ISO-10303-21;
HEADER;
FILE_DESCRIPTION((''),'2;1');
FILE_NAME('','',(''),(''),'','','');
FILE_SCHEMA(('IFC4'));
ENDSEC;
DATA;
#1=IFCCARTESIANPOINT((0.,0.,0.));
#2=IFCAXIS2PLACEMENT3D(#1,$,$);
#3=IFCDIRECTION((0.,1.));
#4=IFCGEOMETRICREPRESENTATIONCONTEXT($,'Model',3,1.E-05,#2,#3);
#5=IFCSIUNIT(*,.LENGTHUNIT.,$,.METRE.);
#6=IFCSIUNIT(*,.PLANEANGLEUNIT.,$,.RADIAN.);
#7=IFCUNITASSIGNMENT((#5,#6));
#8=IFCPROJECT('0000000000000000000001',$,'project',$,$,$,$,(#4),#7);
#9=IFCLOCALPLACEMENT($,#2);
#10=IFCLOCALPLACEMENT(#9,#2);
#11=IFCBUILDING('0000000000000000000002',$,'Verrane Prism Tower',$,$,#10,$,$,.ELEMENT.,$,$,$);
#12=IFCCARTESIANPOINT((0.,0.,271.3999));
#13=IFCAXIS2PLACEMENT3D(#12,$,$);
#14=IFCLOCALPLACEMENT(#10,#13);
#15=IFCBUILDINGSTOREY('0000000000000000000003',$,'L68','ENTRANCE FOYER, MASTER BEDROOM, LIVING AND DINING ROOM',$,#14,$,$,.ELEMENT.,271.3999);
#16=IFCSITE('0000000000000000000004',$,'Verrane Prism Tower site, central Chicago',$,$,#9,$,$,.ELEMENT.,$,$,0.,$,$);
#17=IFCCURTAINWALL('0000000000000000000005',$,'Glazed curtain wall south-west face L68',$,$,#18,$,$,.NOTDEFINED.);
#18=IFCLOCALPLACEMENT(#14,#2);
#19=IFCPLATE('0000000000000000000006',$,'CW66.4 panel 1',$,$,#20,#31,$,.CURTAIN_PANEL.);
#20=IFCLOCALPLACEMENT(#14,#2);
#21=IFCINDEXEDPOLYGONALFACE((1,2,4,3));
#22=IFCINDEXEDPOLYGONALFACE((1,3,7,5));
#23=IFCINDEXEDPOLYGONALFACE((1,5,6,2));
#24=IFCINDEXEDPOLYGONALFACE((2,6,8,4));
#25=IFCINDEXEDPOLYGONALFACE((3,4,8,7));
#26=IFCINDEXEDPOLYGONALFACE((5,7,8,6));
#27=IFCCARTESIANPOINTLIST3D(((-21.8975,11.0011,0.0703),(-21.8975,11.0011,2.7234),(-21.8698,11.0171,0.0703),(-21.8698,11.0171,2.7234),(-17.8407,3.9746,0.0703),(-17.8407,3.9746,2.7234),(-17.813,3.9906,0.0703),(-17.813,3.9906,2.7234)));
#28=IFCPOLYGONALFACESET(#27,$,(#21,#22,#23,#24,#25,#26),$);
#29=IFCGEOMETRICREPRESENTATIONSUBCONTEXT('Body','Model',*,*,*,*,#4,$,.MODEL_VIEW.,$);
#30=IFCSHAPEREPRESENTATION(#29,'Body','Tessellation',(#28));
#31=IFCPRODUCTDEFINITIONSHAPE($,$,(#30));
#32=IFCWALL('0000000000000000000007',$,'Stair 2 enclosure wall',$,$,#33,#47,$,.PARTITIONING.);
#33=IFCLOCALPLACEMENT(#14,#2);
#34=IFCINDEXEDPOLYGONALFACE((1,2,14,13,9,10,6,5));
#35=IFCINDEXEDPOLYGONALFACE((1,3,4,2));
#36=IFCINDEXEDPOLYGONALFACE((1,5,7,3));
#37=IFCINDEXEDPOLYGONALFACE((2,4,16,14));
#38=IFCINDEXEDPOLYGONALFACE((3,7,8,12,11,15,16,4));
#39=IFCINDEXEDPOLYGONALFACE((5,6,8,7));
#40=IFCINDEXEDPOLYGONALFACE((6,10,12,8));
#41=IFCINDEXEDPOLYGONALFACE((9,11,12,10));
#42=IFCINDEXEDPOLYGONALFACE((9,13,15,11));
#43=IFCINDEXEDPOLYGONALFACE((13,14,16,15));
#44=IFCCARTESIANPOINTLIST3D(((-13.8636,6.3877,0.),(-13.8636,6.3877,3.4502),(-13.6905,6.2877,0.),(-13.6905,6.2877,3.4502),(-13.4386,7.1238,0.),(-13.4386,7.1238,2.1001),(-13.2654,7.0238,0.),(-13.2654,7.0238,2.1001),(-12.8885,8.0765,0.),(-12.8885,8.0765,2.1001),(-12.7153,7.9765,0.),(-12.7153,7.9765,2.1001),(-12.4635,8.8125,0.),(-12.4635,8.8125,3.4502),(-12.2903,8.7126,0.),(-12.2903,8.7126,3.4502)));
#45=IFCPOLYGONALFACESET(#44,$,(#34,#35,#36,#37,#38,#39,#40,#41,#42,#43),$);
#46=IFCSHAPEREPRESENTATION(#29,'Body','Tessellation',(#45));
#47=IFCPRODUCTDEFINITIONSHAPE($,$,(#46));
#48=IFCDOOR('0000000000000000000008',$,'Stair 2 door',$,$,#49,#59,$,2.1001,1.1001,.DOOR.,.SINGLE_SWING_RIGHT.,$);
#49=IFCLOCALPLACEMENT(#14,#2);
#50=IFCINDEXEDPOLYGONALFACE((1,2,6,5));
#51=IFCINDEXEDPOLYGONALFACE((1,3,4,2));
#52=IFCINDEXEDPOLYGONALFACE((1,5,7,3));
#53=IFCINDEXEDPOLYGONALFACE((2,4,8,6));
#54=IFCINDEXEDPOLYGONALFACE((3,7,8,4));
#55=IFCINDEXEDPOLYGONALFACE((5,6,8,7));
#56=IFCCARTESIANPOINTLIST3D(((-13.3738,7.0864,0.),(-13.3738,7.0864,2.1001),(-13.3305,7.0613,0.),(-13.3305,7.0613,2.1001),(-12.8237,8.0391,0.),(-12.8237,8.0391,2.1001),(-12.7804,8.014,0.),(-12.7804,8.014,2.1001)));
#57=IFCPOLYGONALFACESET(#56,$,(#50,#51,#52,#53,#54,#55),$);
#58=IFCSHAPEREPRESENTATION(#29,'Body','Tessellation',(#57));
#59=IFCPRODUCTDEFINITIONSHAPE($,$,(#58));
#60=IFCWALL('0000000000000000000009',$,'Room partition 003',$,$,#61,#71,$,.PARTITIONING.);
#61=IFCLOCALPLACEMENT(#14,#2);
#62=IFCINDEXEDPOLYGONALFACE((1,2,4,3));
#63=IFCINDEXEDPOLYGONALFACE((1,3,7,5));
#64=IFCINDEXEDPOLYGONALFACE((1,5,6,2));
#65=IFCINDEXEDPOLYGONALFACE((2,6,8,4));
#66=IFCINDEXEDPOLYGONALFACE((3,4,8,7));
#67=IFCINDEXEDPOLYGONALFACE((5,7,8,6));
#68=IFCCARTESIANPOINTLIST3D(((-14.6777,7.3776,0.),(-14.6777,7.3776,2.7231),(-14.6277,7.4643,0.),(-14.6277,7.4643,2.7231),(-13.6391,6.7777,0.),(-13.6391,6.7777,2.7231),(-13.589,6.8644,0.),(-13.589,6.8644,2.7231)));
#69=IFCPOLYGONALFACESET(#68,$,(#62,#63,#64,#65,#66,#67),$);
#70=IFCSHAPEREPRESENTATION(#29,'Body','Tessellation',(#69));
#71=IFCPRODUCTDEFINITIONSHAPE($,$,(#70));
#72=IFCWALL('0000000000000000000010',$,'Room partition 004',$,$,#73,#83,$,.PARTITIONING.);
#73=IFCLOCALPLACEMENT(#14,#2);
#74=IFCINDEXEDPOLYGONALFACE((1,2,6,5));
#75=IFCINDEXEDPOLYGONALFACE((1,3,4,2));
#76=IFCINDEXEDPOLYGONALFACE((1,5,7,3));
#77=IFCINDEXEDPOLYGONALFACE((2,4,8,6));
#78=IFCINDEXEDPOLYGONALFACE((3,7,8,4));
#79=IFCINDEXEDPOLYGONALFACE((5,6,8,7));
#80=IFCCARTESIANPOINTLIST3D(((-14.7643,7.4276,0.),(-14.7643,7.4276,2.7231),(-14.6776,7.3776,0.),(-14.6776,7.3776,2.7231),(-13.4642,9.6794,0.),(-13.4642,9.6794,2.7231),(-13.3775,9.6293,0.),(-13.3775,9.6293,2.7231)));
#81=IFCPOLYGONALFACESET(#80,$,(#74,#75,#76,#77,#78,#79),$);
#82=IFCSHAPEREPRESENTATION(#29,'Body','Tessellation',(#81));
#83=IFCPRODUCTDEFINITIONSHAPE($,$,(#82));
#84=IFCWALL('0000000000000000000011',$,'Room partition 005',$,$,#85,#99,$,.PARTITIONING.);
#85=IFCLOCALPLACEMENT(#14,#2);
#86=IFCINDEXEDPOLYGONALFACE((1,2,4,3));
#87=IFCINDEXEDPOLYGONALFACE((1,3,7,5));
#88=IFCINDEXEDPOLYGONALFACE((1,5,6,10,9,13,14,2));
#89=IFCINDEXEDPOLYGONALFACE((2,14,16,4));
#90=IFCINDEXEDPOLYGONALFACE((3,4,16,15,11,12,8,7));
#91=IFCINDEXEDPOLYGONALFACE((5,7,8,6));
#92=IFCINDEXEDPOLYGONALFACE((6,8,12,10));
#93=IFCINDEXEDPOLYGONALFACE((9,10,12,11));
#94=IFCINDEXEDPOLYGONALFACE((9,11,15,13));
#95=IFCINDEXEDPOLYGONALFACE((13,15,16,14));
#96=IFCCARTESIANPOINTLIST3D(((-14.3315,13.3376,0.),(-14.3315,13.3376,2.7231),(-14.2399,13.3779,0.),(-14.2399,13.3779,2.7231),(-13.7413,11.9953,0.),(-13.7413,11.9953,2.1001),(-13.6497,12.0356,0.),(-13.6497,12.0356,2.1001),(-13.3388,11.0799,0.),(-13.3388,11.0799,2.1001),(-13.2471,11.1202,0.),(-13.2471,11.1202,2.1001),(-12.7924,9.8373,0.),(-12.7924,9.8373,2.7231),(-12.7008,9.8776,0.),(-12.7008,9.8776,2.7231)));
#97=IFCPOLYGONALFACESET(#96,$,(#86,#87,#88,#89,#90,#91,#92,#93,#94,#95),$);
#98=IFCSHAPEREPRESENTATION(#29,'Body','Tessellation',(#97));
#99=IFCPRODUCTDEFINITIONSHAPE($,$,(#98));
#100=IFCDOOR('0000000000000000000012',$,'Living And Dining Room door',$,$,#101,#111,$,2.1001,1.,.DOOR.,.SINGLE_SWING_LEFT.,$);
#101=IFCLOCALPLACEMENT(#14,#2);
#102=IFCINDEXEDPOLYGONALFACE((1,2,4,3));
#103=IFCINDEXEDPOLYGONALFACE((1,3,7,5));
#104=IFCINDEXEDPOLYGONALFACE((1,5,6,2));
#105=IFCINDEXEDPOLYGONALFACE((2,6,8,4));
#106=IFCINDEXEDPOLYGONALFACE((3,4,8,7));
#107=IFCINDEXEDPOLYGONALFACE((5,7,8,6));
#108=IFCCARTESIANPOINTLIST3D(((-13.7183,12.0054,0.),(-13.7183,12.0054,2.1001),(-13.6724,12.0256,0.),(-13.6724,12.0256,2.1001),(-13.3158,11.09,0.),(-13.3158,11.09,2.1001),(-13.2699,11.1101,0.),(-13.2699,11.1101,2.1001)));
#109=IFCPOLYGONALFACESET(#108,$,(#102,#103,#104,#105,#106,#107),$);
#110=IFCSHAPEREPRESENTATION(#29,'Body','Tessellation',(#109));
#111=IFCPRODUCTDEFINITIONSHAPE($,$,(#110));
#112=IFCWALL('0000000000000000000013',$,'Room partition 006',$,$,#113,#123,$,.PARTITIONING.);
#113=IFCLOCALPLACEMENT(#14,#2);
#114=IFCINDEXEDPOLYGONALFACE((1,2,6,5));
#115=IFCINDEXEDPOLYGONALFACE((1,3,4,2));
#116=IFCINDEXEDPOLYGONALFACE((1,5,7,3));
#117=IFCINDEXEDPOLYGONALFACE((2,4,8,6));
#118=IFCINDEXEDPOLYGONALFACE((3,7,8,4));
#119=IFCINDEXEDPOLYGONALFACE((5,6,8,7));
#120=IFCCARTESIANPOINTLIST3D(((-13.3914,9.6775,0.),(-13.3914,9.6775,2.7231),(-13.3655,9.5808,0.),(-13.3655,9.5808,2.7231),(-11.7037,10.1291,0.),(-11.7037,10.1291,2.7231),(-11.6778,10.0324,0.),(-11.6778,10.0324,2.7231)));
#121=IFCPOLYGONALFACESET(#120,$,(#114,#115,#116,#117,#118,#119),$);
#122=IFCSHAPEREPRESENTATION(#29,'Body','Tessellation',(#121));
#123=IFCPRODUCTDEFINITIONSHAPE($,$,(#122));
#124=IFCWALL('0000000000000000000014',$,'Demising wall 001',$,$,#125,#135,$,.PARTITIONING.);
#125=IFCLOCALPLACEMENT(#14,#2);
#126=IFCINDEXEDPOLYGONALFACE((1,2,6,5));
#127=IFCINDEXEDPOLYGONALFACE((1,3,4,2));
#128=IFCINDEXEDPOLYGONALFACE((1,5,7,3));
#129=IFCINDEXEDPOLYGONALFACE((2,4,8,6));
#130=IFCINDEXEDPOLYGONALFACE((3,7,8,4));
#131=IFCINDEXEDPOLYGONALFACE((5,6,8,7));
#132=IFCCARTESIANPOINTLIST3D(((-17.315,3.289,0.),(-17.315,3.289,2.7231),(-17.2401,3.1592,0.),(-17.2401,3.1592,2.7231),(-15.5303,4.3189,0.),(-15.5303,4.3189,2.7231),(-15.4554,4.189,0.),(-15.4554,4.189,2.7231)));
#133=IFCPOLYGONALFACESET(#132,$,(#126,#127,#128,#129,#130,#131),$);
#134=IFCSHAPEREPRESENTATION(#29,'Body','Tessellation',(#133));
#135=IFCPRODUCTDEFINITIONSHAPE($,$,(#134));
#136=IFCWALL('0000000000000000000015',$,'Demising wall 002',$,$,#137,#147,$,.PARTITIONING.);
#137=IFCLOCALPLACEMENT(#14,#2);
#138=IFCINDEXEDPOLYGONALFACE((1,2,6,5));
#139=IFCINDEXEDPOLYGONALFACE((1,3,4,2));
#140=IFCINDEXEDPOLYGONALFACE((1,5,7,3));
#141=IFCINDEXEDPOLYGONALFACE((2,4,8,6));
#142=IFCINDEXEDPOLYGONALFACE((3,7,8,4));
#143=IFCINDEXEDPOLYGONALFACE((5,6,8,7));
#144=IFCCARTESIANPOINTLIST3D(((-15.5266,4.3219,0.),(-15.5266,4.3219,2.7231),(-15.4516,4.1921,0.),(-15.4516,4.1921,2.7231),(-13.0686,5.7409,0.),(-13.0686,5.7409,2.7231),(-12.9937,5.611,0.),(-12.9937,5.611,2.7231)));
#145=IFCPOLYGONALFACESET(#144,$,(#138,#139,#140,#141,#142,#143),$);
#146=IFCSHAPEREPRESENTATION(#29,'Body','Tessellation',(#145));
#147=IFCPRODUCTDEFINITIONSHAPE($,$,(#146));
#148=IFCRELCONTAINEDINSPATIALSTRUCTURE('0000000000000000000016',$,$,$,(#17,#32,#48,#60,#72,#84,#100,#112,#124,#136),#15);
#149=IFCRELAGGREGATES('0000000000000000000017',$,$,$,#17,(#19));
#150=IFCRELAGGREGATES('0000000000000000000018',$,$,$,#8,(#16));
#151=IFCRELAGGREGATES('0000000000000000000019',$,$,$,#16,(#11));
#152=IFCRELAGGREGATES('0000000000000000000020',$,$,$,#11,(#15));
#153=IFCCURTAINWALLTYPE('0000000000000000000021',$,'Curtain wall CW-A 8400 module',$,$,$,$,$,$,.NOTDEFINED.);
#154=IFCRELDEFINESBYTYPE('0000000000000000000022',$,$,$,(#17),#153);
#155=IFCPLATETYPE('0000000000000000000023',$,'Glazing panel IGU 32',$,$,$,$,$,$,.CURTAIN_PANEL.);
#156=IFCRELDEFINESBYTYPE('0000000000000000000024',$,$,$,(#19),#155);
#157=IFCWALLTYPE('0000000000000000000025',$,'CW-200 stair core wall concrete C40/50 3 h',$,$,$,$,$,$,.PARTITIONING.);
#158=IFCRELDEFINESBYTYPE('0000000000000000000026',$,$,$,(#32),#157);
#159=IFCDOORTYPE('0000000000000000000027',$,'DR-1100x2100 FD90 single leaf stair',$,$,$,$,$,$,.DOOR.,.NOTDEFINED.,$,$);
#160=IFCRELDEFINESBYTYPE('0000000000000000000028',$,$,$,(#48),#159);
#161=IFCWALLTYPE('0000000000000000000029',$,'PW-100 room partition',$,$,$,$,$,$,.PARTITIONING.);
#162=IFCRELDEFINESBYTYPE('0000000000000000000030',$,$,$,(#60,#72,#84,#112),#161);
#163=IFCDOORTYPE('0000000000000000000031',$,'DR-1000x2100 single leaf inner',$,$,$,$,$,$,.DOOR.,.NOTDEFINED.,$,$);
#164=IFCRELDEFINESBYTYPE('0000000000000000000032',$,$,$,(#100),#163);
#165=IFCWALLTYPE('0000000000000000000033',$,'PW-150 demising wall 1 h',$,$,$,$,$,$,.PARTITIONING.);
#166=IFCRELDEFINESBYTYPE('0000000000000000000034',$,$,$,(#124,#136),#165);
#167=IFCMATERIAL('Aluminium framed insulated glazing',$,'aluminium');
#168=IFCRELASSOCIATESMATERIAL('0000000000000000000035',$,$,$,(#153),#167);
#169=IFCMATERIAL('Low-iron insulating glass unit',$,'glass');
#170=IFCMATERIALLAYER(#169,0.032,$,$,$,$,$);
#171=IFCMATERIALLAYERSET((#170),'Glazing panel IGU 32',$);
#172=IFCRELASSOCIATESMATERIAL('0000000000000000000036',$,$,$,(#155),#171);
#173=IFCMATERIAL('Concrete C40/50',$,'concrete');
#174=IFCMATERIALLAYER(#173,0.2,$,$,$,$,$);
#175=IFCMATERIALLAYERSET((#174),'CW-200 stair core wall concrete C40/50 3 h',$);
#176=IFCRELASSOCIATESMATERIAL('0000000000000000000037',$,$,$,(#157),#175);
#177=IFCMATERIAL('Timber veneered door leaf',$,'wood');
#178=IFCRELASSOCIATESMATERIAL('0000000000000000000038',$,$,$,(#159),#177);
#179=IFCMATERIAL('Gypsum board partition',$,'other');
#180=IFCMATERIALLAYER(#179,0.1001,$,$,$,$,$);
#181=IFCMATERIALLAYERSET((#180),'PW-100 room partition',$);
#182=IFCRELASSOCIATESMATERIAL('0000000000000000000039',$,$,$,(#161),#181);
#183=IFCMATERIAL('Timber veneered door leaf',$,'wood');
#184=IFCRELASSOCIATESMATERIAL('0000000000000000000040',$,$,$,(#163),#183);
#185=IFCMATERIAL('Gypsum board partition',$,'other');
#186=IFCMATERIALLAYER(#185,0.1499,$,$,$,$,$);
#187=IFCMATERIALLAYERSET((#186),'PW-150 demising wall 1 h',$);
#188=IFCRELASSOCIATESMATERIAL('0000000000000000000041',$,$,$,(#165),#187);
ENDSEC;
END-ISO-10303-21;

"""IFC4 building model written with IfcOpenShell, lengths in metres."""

from ifc_helpers import new_model, si_unit, direction, frame, frame_2d, origin, origin_2d, place, context, subcontext, project, spatial, rectangle, extrude, material, layer, layer_set, type_object, element, fill, aggregate, save


model = new_model("IFC4")

# Units and contexts
model_context = context("Model", 3, precision=1e-05, world=origin(), true_north=direction((0.0, 1.0)))
body_context = subcontext(model_context, "Body", "Model", "MODEL_VIEW")
ifc_project = project(units=[si_unit("LENGTHUNIT", "METRE"), si_unit("PLANEANGLEUNIT", "RADIAN")], contexts=[model_context])

# Site, building, storey
site_placement = place(None, origin())
site = spatial("IfcSite", under=ifc_project, at=site_placement, Name="Verrane Prism Tower site, central Chicago", CompositionType="ELEMENT", RefElevation=0.0)
building_placement = place(site_placement, origin())
building = spatial("IfcBuilding", under=site, at=building_placement, Name="Verrane Prism Tower", CompositionType="ELEMENT")
storey_placement = place(building_placement, frame((0.0, 0.0, 271.3999)))
storey = spatial("IfcBuildingStorey", under=building, at=storey_placement, Name="L68", Description="ENTRANCE FOYER, MASTER BEDROOM, LIVING AND DINING ROOM", CompositionType="ELEMENT", Elevation=271.3999)

# Curtain wall
ifc_material_1 = material(Name="Aluminium framed insulated glazing", Category="aluminium")
curtain_wall_type = type_object("IfcCurtainWallType", Name="Curtain wall CW-A 8400 module", PredefinedType="NOTDEFINED", material=ifc_material_1)
curtain_wall_placement = place(storey_placement, origin())
curtain_wall = element("IfcCurtainWall", 1, at=curtain_wall_placement, inside=storey, type_object=curtain_wall_type, Name="Glazed curtain wall south-west face L68", PredefinedType="NOTDEFINED")

# Plate
ifc_material_2 = material(Name="Low-iron insulating glass unit", Category="glass")
ifc_layer_1 = layer(ifc_material_2, 0.032)
ifc_layer_set_1 = layer_set([ifc_layer_1], Name="Glazing panel IGU 32")
plate_type = type_object("IfcPlateType", Name="Glazing panel IGU 32", PredefinedType="CURTAIN_PANEL", material=ifc_layer_set_1)
plate_placement = place(storey_placement, frame((-19.8552, 7.4958, 0.0703), z_axis=(0.0, 0.0, 1.0), x_axis=(0.500001, -0.866025, 0.0)))
plate = element("IfcPlate", 2, at=plate_placement, type_object=plate_type, Name="CW66.4 panel 1", PredefinedType="CURTAIN_PANEL", context=body_context, shape_type="SweptSolid", body=[
    extrude(rectangle(XDim=8.1135, YDim=0.032, at=origin_2d()), origin(), (0.0, 0.0, 1.0), 2.6531),
])
aggregate(curtain_wall, [plate])

# Wall, opening, door
ifc_material_3 = material(Name="Concrete C40/50", Category="concrete")
ifc_layer_2 = layer(ifc_material_3, 0.2)
ifc_layer_set_2 = layer_set([ifc_layer_2], Name="CW-200 stair core wall concrete C40/50 3 h")
wall_type_1 = type_object("IfcWallType", Name="CW-200 stair core wall concrete C40/50 3 h", PredefinedType="PARTITIONING", material=ifc_layer_set_2)
wall_1_placement = place(storey_placement, frame((-12.377, 8.7625, 0.0), z_axis=(0.0, 0.0, 1.0), x_axis=(-0.50005, -0.865997, 0.0)))
wall_1 = element("IfcWall", 3, at=wall_1_placement, inside=storey, type_object=wall_type_1, Name="Stair 2 enclosure wall", PredefinedType="PARTITIONING", context=body_context, shape_type="SweptSolid", body=[
    extrude(rectangle(XDim=2.8, YDim=0.2, at=frame_2d((1.3999, 0.0))), origin(), (0.0, 0.0, 1.0), 3.4502),
])
opening_1_placement = place(wall_1_placement, frame((0.8499, 0.0, 0.0)))
opening_1 = element("IfcOpeningElement", 4, at=opening_1_placement, cuts=wall_1, PredefinedType="OPENING", context=body_context, shape_type="SweptSolid", body=[
    extrude(rectangle(XDim=1.1001, YDim=2.1001, at=frame_2d((0.55, 1.05))), frame((0.0, 0.1099, 0.0), z_axis=(0.0, -1.0, 0.0), x_axis=(1.0, 0.0, 0.0)), (0.0, 0.0, 1.0), 0.22),
])
ifc_material_4 = material(Name="Timber veneered door leaf", Category="wood")
door_type_1 = type_object("IfcDoorType", Name="DR-1100x2100 FD90 single leaf stair", OperationType="NOTDEFINED", PredefinedType="DOOR", material=ifc_material_4)
door_1_placement = place(opening_1_placement, origin())
door_1 = element("IfcDoor", 5, at=door_1_placement, inside=storey, type_object=door_type_1, Name="Stair 2 door", OperationType="SINGLE_SWING_RIGHT", OverallHeight=2.1001, OverallWidth=1.1001, PredefinedType="DOOR", context=body_context, shape_type="SweptSolid", body=[
    extrude(rectangle(XDim=1.1001, YDim=2.1001, at=frame_2d((0.55, 1.05))), frame((0.0, 0.0249, 0.0), z_axis=(0.0, -1.0, 0.0), x_axis=(1.0, 0.0, 0.0)), (0.0, 0.0, 1.0), 0.05),
])
fill(opening_1, door_1)

# Walls
ifc_material_5 = material(Name="Gypsum board partition", Category="other")
ifc_layer_3 = layer(ifc_material_5, 0.1001)
ifc_layer_set_3 = layer_set([ifc_layer_3], Name="PW-100 room partition")
wall_type_2 = type_object("IfcWallType", Name="PW-100 room partition", PredefinedType="PARTITIONING", material=ifc_layer_set_3)
wall_2_placement = place(storey_placement, frame((-14.6526, 7.4209, 0.0), z_axis=(0.0, 0.0, 1.0), x_axis=(0.865941, -0.500145, 0.0)))
element("IfcWall", 6, at=wall_2_placement, inside=storey, type_object=wall_type_2, Name="Room partition 003", PredefinedType="PARTITIONING", context=body_context, shape_type="SweptSolid", body=[
    extrude(rectangle(XDim=1.1995, YDim=0.1001, at=frame_2d((0.5996, 0.0))), origin(), (0.0, 0.0, 1.0), 2.7231),
])
wall_3_placement = place(storey_placement, frame((-14.7209, 7.4026, 0.0), z_axis=(0.0, 0.0, 1.0), x_axis=(0.500007, 0.866021, 0.0)))
element("IfcWall", 7, at=wall_3_placement, inside=storey, type_object=wall_type_2, Name="Room partition 004", PredefinedType="PARTITIONING", context=body_context, shape_type="SweptSolid", body=[
    extrude(rectangle(XDim=2.6001, YDim=0.1001, at=frame_2d((1.3, 0.0))), origin(), (0.0, 0.0, 1.0), 2.7231),
])

# Wall, opening, door
wall_4_placement = place(storey_placement, frame((-12.7466, 9.8574, 0.0), z_axis=(0.0, 0.0, 1.0), x_axis=(-0.40251, 0.915416, 0.0)))
wall_4 = element("IfcWall", 8, at=wall_4_placement, inside=storey, type_object=wall_type_2, Name="Room partition 005", PredefinedType="PARTITIONING", context=body_context, shape_type="SweptSolid", body=[
    extrude(rectangle(XDim=3.8237, YDim=0.1001, at=frame_2d((1.9119, 0.0))), origin(), (0.0, 0.0, 1.0), 2.7231),
])
opening_2_placement = place(wall_4_placement, frame((1.3574, 0.0, 0.0)))
opening_2 = element("IfcOpeningElement", 9, at=opening_2_placement, cuts=wall_4, PredefinedType="OPENING", context=body_context, shape_type="SweptSolid", body=[
    extrude(rectangle(XDim=1.0, YDim=2.1001, at=frame_2d((0.5, 1.05))), frame((0.0, 0.0601, 0.0), z_axis=(0.0, -1.0, 0.0), x_axis=(1.0, 0.0, 0.0)), (0.0, 0.0, 1.0), 0.1201),
])
ifc_material_6 = material(Name="Timber veneered door leaf", Category="wood")
door_type_2 = type_object("IfcDoorType", Name="DR-1000x2100 single leaf inner", OperationType="NOTDEFINED", PredefinedType="DOOR", material=ifc_material_6)
door_2_placement = place(opening_2_placement, origin())
door_2 = element("IfcDoor", 10, at=door_2_placement, inside=storey, type_object=door_type_2, Name="Living And Dining Room door", OperationType="SINGLE_SWING_LEFT", OverallHeight=2.1001, OverallWidth=1.0, PredefinedType="DOOR", context=body_context, shape_type="SweptSolid", body=[
    extrude(rectangle(XDim=1.0, YDim=2.1001, at=frame_2d((0.5, 1.05))), frame((0.0, 0.0249, 0.0), z_axis=(0.0, -1.0, 0.0), x_axis=(1.0, 0.0, 0.0)), (0.0, 0.0, 1.0), 0.05),
])
fill(opening_2, door_2)

# Walls
wall_5_placement = place(storey_placement, frame((-13.3784, 9.6292, 0.0), z_axis=(0.0, 0.0, 1.0), x_axis=(0.966007, 0.258515, 0.0)))
element("IfcWall", 11, at=wall_5_placement, inside=storey, type_object=wall_type_2, Name="Room partition 006", PredefinedType="PARTITIONING", context=body_context, shape_type="SweptSolid", body=[
    extrude(rectangle(XDim=1.7471, YDim=0.1001, at=frame_2d((0.8735, 0.0))), origin(), (0.0, 0.0, 1.0), 2.7231),
])
ifc_material_7 = material(Name="Gypsum board partition", Category="other")
ifc_layer_4 = layer(ifc_material_7, 0.1499)
ifc_layer_set_4 = layer_set([ifc_layer_4], Name="PW-150 demising wall 1 h")
wall_type_3 = type_object("IfcWallType", Name="PW-150 demising wall 1 h", PredefinedType="PARTITIONING", material=ifc_layer_set_4)
wall_6_placement = place(storey_placement, frame((-17.2776, 3.2241, 0.0), z_axis=(0.0, 0.0, 1.0), x_axis=(0.86615, 0.499784, 0.0)))
element("IfcWall", 12, at=wall_6_placement, inside=storey, type_object=wall_type_3, Name="Demising wall 001", PredefinedType="PARTITIONING", context=body_context, shape_type="SweptSolid", body=[
    extrude(rectangle(XDim=2.0605, YDim=0.1499, at=frame_2d((1.0303, 0.0))), origin(), (0.0, 0.0, 1.0), 2.7231),
])
wall_7_placement = place(storey_placement, frame((-15.489, 4.2571, 0.0), z_axis=(0.0, 0.0, 1.0), x_axis=(0.866054, 0.499951, 0.0)))
element("IfcWall", 13, at=wall_7_placement, inside=storey, type_object=wall_type_3, Name="Demising wall 002", PredefinedType="PARTITIONING", context=body_context, shape_type="SweptSolid", body=[
    extrude(rectangle(XDim=2.8381, YDim=0.1499, at=frame_2d((1.4189, 0.0))), origin(), (0.0, 0.0, 1.0), 2.7231),
])

save(model, "model.ifc")
